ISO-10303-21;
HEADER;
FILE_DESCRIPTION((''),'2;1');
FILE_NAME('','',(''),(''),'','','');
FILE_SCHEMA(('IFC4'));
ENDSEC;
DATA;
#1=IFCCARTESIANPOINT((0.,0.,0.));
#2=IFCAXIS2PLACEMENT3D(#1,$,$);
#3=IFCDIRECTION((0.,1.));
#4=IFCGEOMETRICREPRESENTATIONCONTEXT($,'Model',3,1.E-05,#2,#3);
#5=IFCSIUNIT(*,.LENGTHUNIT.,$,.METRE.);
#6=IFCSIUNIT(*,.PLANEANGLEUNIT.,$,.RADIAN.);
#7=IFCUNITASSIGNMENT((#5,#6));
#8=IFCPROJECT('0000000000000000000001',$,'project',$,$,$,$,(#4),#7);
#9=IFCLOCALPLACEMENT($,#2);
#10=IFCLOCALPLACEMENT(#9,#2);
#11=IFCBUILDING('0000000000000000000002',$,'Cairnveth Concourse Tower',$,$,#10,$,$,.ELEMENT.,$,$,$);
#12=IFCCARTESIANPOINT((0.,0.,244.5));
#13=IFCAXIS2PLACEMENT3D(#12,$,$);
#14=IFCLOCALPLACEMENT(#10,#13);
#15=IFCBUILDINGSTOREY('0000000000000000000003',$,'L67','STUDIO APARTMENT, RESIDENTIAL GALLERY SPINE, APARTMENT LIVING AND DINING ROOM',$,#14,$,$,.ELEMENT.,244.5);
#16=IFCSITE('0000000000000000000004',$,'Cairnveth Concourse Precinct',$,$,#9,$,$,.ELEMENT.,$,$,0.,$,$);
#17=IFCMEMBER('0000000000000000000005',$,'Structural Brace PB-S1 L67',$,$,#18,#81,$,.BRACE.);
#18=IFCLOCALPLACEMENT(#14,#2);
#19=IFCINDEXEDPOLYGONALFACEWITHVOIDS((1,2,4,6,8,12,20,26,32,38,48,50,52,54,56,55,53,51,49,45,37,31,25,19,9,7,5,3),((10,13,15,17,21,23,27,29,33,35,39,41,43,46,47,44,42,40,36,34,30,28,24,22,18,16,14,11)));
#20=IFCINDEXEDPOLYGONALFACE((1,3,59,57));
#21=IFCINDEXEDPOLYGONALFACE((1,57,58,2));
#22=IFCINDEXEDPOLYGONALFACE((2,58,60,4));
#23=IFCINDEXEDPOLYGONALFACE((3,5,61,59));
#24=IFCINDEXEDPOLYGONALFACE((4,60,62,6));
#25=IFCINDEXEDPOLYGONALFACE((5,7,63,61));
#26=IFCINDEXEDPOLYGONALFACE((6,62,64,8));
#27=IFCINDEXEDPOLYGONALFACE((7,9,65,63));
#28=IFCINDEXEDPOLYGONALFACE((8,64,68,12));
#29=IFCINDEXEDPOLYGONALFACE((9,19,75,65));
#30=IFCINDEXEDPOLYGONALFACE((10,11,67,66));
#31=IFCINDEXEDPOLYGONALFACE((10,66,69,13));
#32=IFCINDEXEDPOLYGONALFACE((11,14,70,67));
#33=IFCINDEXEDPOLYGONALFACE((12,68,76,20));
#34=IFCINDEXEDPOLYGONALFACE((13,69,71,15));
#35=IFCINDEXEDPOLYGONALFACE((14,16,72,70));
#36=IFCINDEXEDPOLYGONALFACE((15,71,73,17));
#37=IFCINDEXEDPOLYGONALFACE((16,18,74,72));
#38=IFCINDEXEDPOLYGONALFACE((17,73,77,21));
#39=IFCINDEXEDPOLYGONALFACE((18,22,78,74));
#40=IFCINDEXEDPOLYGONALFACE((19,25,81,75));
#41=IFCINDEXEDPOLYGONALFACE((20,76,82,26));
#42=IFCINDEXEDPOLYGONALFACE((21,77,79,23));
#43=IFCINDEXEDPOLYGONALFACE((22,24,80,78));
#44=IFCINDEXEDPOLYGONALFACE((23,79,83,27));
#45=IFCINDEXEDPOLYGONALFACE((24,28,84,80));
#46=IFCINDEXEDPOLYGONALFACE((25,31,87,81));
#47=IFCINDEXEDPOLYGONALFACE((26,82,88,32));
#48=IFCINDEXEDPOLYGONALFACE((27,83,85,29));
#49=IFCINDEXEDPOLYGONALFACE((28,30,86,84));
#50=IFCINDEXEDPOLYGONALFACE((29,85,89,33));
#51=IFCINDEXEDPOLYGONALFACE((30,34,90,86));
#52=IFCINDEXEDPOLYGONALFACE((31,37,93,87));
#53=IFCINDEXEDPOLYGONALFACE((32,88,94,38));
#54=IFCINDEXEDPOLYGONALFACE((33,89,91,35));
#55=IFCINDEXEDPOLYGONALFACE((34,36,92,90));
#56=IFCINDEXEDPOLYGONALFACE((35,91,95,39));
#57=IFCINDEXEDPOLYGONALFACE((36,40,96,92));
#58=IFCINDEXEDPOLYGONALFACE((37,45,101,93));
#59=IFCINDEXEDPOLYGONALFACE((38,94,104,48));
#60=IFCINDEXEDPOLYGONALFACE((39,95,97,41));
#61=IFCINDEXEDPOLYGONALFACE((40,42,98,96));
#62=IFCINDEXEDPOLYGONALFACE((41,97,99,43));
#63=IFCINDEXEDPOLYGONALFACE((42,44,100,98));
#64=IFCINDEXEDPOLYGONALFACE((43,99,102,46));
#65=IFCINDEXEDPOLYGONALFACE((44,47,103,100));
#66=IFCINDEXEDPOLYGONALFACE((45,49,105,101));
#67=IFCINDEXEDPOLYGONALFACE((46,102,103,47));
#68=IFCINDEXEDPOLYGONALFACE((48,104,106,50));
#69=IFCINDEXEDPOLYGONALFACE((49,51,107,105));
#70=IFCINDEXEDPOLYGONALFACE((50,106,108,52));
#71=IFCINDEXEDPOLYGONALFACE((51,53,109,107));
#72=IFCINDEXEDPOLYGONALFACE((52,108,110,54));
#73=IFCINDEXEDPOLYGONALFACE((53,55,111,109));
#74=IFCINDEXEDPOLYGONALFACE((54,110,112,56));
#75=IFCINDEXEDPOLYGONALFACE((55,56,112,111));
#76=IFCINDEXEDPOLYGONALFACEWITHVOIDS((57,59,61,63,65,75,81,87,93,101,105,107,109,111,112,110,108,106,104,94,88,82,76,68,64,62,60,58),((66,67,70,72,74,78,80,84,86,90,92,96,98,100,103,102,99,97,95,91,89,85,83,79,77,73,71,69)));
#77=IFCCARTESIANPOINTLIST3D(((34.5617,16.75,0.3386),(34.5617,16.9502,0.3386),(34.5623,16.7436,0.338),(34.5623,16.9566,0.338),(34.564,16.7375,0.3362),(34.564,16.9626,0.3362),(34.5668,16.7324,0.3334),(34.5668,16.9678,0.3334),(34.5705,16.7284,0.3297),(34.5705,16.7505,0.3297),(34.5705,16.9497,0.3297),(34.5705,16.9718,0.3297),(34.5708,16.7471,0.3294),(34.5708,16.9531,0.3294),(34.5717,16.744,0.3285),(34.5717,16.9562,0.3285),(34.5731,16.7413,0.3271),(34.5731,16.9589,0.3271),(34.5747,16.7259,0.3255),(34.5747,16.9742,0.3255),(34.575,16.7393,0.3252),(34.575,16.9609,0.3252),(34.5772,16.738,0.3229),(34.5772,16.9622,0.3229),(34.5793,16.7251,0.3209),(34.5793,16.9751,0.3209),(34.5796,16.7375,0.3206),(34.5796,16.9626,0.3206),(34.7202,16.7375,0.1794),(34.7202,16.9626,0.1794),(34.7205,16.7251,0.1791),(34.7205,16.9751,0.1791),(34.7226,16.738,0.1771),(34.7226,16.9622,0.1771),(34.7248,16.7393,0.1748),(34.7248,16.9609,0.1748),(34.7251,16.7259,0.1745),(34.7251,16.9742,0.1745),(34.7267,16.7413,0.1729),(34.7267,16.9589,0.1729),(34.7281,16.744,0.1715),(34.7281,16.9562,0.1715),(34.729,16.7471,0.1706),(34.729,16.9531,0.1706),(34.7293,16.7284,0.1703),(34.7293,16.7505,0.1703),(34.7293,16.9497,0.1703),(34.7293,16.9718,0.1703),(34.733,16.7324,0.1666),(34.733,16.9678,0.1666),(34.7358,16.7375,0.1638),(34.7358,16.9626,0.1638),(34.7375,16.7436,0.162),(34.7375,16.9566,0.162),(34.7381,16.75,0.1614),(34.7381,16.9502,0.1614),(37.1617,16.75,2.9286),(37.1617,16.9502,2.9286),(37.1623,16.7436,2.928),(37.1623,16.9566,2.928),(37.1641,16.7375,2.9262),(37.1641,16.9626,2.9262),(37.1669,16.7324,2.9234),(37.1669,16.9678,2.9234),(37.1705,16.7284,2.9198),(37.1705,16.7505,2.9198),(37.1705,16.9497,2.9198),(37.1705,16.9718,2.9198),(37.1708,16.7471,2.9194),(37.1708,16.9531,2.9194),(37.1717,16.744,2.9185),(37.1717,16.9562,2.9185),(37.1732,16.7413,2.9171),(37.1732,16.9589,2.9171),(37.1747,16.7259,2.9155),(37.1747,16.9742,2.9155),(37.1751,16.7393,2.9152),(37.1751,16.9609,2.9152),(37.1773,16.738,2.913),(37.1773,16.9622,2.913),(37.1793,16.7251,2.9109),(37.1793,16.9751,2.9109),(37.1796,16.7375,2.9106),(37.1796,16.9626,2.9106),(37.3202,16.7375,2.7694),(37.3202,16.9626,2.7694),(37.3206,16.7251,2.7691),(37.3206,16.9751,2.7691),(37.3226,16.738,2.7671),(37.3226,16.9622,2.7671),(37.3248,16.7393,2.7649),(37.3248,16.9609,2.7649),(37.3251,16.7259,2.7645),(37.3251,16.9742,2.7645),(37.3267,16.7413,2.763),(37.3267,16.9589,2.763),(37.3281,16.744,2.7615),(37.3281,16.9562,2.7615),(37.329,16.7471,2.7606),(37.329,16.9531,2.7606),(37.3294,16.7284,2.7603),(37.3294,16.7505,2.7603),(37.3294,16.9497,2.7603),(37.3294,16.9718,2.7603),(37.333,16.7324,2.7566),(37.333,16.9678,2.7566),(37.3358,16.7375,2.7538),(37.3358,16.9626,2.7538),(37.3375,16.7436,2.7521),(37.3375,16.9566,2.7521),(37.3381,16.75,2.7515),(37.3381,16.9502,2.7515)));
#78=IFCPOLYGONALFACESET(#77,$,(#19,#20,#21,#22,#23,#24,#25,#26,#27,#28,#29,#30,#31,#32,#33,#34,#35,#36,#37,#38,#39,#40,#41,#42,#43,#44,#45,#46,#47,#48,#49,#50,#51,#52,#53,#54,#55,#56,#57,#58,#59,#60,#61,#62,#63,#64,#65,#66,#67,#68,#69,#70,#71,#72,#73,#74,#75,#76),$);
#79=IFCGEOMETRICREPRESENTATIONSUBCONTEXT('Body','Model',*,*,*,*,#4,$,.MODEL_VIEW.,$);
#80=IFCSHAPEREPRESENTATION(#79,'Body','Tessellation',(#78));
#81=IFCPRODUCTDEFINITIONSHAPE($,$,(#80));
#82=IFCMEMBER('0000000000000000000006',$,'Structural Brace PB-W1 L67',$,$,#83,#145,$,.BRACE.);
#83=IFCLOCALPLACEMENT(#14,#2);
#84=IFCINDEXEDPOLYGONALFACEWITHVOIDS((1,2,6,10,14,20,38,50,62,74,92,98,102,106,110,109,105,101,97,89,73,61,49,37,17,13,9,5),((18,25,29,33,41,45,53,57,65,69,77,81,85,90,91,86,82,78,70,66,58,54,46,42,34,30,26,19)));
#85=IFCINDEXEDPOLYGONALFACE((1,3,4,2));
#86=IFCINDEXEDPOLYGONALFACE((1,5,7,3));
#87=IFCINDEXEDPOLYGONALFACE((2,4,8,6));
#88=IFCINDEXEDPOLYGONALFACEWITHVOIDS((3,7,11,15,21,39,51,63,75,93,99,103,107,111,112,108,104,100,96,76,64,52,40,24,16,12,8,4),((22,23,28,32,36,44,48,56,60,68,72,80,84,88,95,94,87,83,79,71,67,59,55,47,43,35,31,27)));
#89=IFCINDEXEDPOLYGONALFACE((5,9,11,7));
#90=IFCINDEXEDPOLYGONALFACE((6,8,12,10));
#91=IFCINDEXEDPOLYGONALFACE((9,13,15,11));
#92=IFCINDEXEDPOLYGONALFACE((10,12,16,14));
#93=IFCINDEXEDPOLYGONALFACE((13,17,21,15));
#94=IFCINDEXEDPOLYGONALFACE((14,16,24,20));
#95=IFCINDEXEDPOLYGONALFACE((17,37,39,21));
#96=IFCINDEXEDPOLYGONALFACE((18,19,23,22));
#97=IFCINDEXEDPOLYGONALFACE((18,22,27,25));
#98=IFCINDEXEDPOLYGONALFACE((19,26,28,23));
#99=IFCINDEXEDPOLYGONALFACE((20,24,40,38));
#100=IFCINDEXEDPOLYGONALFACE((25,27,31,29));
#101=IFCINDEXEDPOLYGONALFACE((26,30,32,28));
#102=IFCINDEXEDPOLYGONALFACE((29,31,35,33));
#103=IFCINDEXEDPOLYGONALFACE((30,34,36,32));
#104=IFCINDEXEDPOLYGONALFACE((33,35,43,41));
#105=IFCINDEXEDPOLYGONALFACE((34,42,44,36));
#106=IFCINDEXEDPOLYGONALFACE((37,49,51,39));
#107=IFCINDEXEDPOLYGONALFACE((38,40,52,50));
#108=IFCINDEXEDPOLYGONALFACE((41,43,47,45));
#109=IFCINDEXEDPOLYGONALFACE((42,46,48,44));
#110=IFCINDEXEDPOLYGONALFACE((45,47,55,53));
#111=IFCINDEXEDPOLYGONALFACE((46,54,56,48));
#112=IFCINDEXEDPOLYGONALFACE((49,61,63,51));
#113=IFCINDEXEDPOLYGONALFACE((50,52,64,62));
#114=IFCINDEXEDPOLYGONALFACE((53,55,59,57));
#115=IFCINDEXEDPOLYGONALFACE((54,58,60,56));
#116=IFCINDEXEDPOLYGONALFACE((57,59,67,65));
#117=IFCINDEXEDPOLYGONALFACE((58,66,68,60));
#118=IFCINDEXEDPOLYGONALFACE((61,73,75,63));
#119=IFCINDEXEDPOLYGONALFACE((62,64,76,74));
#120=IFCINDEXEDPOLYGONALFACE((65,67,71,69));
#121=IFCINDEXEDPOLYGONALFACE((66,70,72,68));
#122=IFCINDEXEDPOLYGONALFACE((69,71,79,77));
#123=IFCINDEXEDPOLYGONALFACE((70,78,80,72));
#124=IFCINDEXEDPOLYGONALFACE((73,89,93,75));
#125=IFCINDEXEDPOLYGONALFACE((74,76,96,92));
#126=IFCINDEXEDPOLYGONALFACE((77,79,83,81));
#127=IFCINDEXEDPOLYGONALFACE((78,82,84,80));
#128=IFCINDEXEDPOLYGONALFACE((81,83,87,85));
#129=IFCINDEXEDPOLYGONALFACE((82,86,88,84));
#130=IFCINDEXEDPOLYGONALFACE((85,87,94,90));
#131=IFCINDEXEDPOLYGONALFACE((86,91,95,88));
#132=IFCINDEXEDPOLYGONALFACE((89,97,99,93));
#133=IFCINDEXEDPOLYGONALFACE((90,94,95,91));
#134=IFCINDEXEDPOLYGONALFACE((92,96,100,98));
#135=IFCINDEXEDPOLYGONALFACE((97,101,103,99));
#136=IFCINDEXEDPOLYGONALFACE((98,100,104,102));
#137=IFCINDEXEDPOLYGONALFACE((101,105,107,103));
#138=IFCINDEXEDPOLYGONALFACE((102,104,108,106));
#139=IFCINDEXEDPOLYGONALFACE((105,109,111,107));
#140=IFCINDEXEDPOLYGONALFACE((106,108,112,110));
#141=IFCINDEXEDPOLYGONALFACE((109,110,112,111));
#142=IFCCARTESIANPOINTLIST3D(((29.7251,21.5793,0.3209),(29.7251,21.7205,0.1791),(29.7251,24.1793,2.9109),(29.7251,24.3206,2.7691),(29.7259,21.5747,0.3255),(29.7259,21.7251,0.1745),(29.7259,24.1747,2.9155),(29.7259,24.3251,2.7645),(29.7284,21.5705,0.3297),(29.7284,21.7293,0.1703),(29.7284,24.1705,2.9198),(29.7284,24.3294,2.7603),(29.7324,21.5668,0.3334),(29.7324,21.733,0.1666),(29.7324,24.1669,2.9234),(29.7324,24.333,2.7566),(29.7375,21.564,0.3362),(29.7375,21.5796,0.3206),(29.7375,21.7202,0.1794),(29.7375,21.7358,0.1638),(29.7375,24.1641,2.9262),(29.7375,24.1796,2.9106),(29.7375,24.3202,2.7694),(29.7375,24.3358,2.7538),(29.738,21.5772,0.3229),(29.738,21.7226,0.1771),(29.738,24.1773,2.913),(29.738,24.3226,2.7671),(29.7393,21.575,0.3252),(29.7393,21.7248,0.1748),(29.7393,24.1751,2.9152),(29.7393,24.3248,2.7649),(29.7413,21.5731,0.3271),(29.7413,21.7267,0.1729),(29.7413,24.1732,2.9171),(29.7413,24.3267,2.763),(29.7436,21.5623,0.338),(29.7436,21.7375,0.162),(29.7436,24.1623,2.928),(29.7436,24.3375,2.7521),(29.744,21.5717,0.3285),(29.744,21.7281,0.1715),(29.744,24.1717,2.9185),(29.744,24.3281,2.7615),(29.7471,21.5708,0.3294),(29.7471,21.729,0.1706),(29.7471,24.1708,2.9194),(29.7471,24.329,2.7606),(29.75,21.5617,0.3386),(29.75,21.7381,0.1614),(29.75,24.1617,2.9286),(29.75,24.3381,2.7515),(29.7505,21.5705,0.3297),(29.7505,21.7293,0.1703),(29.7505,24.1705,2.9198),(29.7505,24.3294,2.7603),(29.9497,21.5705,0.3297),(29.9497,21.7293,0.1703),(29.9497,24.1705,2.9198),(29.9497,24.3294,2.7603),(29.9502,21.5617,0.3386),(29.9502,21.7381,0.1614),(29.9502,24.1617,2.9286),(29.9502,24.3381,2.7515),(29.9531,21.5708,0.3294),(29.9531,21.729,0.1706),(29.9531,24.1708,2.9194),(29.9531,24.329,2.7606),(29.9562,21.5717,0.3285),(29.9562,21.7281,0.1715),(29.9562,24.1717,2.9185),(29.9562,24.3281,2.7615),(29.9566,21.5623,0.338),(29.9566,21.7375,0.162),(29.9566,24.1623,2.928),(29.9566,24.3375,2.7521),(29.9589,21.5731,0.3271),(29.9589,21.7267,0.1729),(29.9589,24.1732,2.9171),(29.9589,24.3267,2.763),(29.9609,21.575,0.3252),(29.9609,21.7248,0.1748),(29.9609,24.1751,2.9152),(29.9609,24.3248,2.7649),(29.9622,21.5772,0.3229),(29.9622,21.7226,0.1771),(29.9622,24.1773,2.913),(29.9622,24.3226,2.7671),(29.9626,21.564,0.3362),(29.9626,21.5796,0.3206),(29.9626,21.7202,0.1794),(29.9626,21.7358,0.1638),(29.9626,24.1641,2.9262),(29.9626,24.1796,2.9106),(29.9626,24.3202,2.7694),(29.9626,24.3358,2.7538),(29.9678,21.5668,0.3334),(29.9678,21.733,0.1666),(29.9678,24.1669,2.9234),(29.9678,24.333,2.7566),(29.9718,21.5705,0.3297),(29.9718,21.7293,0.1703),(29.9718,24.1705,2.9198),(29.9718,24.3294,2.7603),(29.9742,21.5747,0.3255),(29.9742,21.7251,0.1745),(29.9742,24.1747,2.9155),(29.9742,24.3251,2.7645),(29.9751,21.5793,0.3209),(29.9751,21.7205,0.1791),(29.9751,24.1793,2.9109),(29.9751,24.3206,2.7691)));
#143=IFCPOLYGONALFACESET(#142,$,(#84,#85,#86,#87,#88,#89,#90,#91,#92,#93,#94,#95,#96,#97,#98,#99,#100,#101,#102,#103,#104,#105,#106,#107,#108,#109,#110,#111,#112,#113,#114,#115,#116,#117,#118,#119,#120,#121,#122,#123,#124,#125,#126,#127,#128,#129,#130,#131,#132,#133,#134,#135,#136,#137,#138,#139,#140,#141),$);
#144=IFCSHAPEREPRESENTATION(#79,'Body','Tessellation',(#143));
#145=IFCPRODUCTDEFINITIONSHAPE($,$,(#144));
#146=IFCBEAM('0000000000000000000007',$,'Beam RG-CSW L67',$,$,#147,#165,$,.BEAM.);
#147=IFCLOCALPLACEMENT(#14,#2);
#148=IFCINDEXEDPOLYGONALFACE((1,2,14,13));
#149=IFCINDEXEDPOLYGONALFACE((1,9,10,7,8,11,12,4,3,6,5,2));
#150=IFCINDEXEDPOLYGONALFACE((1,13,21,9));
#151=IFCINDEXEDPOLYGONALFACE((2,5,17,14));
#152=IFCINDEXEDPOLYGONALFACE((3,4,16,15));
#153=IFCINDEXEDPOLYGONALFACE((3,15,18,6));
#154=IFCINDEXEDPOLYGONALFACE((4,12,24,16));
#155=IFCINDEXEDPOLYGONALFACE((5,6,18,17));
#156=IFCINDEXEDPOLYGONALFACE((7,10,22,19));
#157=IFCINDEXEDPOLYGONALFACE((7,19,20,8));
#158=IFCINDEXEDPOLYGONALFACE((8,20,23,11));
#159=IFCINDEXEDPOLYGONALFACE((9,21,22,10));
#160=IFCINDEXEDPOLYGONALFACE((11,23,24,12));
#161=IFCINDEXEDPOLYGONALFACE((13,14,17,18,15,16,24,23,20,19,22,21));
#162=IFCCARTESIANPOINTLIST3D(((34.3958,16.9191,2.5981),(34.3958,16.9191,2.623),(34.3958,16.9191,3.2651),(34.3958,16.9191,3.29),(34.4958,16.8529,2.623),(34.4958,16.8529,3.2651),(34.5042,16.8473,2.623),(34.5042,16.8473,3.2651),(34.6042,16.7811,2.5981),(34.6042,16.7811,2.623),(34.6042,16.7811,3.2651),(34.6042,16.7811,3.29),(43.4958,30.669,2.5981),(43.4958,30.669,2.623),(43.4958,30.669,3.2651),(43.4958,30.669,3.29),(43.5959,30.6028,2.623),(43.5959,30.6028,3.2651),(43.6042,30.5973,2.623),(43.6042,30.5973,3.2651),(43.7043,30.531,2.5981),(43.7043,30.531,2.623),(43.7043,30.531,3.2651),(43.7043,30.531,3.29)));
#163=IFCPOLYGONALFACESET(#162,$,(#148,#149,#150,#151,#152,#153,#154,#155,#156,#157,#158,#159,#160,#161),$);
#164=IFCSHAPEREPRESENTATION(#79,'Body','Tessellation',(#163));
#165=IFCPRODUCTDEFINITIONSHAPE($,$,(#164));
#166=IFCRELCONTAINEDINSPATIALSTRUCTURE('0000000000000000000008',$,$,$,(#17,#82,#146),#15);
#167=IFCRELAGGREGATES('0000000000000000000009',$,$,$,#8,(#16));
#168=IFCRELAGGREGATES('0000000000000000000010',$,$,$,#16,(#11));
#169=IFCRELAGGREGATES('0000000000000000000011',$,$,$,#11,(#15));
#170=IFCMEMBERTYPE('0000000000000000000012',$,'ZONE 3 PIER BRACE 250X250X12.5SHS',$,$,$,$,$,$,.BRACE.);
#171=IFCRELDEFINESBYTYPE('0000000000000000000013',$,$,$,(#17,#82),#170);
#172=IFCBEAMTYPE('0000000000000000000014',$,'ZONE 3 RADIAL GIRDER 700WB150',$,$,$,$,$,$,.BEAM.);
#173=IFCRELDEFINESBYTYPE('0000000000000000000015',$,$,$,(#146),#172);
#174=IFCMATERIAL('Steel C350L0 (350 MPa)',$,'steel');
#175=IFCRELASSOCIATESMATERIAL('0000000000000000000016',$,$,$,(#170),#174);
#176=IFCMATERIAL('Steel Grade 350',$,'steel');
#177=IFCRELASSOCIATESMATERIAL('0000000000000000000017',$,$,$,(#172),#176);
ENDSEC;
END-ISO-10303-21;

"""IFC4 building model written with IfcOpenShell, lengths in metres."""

from ifc_helpers import new_model, si_unit, direction, frame, origin, origin_2d, place, context, subcontext, project, spatial, hollow_rectangle, i_section, extrude, material, material_profile, profile_set, type_object, element, save


model = new_model("IFC4")

# Units and contexts
model_context = context("Model", 3, precision=1e-05, world=origin(), true_north=direction((0.0, 1.0)))
body_context = subcontext(model_context, "Body", "Model", "MODEL_VIEW")
ifc_project = project(units=[si_unit("LENGTHUNIT", "METRE"), si_unit("PLANEANGLEUNIT", "RADIAN")], contexts=[model_context])

# Site, building, storey
site_placement = place(None, origin())
site = spatial("IfcSite", under=ifc_project, at=site_placement, Name="Cairnveth Concourse Precinct", CompositionType="ELEMENT", RefElevation=0.0)
building_placement = place(site_placement, origin())
building = spatial("IfcBuilding", under=site, at=building_placement, Name="Cairnveth Concourse Tower", CompositionType="ELEMENT")
storey_placement = place(building_placement, frame((0.0, 0.0, 244.5)))
storey = spatial("IfcBuildingStorey", under=building, at=storey_placement, Name="L67", Description="STUDIO APARTMENT, RESIDENTIAL GALLERY SPINE, APARTMENT LIVING AND DINING ROOM", CompositionType="ELEMENT", Elevation=244.5)

# Shared definitions
ifc_material_1 = material(Name="Steel Grade 350", Category="steel")

# Members
ifc_material_2 = material(Name="Steel C350L0 (350 MPa)", Category="steel")
ifc_material_profile_1 = material_profile(ifc_material_2, hollow_rectangle(XDim=0.25, YDim=0.25, WallThickness=0.0125, InnerFilletRadius=0.0129, OuterFilletRadius=0.0249, at=origin_2d()), Name="250x250x12.5SHS")
ifc_profile_set_1 = profile_set([ifc_material_profile_1], Name="Steel C350L0 (350 MPa)")
member_type = type_object("IfcMemberType", Name="ZONE 3 PIER BRACE 250X250X12.5SHS", PredefinedType="BRACE", material=ifc_profile_set_1)
for number, where, z_axis, x_axis, name in (
    (1, (34.6499, 16.8501, 0.25), (0.708469, 0.0, 0.705742), (0.0, 1.0, 0.0), "Structural Brace PB-S1 L67"),
    (2, (29.8501, 21.6499, 0.25), (0.0, 0.708469, 0.705742), (-1.0, 0.0, 0.0), "Structural Brace PB-W1 L67"),
):
    element("IfcMember", number, at=place(storey_placement, frame(where, z_axis=z_axis, x_axis=x_axis)), inside=storey, type_object=member_type, Name=name, PredefinedType="BRACE", context=body_context, shape_type="SweptSolid", body=[
        extrude(hollow_rectangle(XDim=0.25, YDim=0.25, WallThickness=0.0125, InnerFilletRadius=0.0129, OuterFilletRadius=0.0249, at=origin_2d()), origin(), (0.0, 0.0, 1.0), 3.6699),
    ])

# Beam
ifc_material_profile_2 = material_profile(ifc_material_1, i_section(OverallWidth=0.25, OverallDepth=0.6919, WebThickness=0.01, FlangeThickness=0.0249, at=origin_2d()), Name="700WB150")
ifc_profile_set_2 = profile_set([ifc_material_profile_2], Name="Steel Grade 350")
beam_type_1 = type_object("IfcBeamType", Name="ZONE 3 RADIAL GIRDER 700WB150", PredefinedType="BEAM", material=ifc_profile_set_2)
beam_1_placement = place(storey_placement, frame((34.5, 16.8501, 2.9441), z_axis=(0.551902, 0.833909, 0.0), x_axis=(-0.833909, 0.551902, 0.0)))
element("IfcBeam", 3, at=beam_1_placement, inside=storey, type_object=beam_type_1, Name="Beam RG-CSW L67", PredefinedType="BEAM", context=body_context, shape_type="SweptSolid", body=[
    extrude(i_section(OverallWidth=0.25, OverallDepth=0.6919, WebThickness=0.01, FlangeThickness=0.0249, at=origin_2d()), origin(), (0.0, 0.0, 1.0), 16.4885),
])

save(model, "model.ifc")
